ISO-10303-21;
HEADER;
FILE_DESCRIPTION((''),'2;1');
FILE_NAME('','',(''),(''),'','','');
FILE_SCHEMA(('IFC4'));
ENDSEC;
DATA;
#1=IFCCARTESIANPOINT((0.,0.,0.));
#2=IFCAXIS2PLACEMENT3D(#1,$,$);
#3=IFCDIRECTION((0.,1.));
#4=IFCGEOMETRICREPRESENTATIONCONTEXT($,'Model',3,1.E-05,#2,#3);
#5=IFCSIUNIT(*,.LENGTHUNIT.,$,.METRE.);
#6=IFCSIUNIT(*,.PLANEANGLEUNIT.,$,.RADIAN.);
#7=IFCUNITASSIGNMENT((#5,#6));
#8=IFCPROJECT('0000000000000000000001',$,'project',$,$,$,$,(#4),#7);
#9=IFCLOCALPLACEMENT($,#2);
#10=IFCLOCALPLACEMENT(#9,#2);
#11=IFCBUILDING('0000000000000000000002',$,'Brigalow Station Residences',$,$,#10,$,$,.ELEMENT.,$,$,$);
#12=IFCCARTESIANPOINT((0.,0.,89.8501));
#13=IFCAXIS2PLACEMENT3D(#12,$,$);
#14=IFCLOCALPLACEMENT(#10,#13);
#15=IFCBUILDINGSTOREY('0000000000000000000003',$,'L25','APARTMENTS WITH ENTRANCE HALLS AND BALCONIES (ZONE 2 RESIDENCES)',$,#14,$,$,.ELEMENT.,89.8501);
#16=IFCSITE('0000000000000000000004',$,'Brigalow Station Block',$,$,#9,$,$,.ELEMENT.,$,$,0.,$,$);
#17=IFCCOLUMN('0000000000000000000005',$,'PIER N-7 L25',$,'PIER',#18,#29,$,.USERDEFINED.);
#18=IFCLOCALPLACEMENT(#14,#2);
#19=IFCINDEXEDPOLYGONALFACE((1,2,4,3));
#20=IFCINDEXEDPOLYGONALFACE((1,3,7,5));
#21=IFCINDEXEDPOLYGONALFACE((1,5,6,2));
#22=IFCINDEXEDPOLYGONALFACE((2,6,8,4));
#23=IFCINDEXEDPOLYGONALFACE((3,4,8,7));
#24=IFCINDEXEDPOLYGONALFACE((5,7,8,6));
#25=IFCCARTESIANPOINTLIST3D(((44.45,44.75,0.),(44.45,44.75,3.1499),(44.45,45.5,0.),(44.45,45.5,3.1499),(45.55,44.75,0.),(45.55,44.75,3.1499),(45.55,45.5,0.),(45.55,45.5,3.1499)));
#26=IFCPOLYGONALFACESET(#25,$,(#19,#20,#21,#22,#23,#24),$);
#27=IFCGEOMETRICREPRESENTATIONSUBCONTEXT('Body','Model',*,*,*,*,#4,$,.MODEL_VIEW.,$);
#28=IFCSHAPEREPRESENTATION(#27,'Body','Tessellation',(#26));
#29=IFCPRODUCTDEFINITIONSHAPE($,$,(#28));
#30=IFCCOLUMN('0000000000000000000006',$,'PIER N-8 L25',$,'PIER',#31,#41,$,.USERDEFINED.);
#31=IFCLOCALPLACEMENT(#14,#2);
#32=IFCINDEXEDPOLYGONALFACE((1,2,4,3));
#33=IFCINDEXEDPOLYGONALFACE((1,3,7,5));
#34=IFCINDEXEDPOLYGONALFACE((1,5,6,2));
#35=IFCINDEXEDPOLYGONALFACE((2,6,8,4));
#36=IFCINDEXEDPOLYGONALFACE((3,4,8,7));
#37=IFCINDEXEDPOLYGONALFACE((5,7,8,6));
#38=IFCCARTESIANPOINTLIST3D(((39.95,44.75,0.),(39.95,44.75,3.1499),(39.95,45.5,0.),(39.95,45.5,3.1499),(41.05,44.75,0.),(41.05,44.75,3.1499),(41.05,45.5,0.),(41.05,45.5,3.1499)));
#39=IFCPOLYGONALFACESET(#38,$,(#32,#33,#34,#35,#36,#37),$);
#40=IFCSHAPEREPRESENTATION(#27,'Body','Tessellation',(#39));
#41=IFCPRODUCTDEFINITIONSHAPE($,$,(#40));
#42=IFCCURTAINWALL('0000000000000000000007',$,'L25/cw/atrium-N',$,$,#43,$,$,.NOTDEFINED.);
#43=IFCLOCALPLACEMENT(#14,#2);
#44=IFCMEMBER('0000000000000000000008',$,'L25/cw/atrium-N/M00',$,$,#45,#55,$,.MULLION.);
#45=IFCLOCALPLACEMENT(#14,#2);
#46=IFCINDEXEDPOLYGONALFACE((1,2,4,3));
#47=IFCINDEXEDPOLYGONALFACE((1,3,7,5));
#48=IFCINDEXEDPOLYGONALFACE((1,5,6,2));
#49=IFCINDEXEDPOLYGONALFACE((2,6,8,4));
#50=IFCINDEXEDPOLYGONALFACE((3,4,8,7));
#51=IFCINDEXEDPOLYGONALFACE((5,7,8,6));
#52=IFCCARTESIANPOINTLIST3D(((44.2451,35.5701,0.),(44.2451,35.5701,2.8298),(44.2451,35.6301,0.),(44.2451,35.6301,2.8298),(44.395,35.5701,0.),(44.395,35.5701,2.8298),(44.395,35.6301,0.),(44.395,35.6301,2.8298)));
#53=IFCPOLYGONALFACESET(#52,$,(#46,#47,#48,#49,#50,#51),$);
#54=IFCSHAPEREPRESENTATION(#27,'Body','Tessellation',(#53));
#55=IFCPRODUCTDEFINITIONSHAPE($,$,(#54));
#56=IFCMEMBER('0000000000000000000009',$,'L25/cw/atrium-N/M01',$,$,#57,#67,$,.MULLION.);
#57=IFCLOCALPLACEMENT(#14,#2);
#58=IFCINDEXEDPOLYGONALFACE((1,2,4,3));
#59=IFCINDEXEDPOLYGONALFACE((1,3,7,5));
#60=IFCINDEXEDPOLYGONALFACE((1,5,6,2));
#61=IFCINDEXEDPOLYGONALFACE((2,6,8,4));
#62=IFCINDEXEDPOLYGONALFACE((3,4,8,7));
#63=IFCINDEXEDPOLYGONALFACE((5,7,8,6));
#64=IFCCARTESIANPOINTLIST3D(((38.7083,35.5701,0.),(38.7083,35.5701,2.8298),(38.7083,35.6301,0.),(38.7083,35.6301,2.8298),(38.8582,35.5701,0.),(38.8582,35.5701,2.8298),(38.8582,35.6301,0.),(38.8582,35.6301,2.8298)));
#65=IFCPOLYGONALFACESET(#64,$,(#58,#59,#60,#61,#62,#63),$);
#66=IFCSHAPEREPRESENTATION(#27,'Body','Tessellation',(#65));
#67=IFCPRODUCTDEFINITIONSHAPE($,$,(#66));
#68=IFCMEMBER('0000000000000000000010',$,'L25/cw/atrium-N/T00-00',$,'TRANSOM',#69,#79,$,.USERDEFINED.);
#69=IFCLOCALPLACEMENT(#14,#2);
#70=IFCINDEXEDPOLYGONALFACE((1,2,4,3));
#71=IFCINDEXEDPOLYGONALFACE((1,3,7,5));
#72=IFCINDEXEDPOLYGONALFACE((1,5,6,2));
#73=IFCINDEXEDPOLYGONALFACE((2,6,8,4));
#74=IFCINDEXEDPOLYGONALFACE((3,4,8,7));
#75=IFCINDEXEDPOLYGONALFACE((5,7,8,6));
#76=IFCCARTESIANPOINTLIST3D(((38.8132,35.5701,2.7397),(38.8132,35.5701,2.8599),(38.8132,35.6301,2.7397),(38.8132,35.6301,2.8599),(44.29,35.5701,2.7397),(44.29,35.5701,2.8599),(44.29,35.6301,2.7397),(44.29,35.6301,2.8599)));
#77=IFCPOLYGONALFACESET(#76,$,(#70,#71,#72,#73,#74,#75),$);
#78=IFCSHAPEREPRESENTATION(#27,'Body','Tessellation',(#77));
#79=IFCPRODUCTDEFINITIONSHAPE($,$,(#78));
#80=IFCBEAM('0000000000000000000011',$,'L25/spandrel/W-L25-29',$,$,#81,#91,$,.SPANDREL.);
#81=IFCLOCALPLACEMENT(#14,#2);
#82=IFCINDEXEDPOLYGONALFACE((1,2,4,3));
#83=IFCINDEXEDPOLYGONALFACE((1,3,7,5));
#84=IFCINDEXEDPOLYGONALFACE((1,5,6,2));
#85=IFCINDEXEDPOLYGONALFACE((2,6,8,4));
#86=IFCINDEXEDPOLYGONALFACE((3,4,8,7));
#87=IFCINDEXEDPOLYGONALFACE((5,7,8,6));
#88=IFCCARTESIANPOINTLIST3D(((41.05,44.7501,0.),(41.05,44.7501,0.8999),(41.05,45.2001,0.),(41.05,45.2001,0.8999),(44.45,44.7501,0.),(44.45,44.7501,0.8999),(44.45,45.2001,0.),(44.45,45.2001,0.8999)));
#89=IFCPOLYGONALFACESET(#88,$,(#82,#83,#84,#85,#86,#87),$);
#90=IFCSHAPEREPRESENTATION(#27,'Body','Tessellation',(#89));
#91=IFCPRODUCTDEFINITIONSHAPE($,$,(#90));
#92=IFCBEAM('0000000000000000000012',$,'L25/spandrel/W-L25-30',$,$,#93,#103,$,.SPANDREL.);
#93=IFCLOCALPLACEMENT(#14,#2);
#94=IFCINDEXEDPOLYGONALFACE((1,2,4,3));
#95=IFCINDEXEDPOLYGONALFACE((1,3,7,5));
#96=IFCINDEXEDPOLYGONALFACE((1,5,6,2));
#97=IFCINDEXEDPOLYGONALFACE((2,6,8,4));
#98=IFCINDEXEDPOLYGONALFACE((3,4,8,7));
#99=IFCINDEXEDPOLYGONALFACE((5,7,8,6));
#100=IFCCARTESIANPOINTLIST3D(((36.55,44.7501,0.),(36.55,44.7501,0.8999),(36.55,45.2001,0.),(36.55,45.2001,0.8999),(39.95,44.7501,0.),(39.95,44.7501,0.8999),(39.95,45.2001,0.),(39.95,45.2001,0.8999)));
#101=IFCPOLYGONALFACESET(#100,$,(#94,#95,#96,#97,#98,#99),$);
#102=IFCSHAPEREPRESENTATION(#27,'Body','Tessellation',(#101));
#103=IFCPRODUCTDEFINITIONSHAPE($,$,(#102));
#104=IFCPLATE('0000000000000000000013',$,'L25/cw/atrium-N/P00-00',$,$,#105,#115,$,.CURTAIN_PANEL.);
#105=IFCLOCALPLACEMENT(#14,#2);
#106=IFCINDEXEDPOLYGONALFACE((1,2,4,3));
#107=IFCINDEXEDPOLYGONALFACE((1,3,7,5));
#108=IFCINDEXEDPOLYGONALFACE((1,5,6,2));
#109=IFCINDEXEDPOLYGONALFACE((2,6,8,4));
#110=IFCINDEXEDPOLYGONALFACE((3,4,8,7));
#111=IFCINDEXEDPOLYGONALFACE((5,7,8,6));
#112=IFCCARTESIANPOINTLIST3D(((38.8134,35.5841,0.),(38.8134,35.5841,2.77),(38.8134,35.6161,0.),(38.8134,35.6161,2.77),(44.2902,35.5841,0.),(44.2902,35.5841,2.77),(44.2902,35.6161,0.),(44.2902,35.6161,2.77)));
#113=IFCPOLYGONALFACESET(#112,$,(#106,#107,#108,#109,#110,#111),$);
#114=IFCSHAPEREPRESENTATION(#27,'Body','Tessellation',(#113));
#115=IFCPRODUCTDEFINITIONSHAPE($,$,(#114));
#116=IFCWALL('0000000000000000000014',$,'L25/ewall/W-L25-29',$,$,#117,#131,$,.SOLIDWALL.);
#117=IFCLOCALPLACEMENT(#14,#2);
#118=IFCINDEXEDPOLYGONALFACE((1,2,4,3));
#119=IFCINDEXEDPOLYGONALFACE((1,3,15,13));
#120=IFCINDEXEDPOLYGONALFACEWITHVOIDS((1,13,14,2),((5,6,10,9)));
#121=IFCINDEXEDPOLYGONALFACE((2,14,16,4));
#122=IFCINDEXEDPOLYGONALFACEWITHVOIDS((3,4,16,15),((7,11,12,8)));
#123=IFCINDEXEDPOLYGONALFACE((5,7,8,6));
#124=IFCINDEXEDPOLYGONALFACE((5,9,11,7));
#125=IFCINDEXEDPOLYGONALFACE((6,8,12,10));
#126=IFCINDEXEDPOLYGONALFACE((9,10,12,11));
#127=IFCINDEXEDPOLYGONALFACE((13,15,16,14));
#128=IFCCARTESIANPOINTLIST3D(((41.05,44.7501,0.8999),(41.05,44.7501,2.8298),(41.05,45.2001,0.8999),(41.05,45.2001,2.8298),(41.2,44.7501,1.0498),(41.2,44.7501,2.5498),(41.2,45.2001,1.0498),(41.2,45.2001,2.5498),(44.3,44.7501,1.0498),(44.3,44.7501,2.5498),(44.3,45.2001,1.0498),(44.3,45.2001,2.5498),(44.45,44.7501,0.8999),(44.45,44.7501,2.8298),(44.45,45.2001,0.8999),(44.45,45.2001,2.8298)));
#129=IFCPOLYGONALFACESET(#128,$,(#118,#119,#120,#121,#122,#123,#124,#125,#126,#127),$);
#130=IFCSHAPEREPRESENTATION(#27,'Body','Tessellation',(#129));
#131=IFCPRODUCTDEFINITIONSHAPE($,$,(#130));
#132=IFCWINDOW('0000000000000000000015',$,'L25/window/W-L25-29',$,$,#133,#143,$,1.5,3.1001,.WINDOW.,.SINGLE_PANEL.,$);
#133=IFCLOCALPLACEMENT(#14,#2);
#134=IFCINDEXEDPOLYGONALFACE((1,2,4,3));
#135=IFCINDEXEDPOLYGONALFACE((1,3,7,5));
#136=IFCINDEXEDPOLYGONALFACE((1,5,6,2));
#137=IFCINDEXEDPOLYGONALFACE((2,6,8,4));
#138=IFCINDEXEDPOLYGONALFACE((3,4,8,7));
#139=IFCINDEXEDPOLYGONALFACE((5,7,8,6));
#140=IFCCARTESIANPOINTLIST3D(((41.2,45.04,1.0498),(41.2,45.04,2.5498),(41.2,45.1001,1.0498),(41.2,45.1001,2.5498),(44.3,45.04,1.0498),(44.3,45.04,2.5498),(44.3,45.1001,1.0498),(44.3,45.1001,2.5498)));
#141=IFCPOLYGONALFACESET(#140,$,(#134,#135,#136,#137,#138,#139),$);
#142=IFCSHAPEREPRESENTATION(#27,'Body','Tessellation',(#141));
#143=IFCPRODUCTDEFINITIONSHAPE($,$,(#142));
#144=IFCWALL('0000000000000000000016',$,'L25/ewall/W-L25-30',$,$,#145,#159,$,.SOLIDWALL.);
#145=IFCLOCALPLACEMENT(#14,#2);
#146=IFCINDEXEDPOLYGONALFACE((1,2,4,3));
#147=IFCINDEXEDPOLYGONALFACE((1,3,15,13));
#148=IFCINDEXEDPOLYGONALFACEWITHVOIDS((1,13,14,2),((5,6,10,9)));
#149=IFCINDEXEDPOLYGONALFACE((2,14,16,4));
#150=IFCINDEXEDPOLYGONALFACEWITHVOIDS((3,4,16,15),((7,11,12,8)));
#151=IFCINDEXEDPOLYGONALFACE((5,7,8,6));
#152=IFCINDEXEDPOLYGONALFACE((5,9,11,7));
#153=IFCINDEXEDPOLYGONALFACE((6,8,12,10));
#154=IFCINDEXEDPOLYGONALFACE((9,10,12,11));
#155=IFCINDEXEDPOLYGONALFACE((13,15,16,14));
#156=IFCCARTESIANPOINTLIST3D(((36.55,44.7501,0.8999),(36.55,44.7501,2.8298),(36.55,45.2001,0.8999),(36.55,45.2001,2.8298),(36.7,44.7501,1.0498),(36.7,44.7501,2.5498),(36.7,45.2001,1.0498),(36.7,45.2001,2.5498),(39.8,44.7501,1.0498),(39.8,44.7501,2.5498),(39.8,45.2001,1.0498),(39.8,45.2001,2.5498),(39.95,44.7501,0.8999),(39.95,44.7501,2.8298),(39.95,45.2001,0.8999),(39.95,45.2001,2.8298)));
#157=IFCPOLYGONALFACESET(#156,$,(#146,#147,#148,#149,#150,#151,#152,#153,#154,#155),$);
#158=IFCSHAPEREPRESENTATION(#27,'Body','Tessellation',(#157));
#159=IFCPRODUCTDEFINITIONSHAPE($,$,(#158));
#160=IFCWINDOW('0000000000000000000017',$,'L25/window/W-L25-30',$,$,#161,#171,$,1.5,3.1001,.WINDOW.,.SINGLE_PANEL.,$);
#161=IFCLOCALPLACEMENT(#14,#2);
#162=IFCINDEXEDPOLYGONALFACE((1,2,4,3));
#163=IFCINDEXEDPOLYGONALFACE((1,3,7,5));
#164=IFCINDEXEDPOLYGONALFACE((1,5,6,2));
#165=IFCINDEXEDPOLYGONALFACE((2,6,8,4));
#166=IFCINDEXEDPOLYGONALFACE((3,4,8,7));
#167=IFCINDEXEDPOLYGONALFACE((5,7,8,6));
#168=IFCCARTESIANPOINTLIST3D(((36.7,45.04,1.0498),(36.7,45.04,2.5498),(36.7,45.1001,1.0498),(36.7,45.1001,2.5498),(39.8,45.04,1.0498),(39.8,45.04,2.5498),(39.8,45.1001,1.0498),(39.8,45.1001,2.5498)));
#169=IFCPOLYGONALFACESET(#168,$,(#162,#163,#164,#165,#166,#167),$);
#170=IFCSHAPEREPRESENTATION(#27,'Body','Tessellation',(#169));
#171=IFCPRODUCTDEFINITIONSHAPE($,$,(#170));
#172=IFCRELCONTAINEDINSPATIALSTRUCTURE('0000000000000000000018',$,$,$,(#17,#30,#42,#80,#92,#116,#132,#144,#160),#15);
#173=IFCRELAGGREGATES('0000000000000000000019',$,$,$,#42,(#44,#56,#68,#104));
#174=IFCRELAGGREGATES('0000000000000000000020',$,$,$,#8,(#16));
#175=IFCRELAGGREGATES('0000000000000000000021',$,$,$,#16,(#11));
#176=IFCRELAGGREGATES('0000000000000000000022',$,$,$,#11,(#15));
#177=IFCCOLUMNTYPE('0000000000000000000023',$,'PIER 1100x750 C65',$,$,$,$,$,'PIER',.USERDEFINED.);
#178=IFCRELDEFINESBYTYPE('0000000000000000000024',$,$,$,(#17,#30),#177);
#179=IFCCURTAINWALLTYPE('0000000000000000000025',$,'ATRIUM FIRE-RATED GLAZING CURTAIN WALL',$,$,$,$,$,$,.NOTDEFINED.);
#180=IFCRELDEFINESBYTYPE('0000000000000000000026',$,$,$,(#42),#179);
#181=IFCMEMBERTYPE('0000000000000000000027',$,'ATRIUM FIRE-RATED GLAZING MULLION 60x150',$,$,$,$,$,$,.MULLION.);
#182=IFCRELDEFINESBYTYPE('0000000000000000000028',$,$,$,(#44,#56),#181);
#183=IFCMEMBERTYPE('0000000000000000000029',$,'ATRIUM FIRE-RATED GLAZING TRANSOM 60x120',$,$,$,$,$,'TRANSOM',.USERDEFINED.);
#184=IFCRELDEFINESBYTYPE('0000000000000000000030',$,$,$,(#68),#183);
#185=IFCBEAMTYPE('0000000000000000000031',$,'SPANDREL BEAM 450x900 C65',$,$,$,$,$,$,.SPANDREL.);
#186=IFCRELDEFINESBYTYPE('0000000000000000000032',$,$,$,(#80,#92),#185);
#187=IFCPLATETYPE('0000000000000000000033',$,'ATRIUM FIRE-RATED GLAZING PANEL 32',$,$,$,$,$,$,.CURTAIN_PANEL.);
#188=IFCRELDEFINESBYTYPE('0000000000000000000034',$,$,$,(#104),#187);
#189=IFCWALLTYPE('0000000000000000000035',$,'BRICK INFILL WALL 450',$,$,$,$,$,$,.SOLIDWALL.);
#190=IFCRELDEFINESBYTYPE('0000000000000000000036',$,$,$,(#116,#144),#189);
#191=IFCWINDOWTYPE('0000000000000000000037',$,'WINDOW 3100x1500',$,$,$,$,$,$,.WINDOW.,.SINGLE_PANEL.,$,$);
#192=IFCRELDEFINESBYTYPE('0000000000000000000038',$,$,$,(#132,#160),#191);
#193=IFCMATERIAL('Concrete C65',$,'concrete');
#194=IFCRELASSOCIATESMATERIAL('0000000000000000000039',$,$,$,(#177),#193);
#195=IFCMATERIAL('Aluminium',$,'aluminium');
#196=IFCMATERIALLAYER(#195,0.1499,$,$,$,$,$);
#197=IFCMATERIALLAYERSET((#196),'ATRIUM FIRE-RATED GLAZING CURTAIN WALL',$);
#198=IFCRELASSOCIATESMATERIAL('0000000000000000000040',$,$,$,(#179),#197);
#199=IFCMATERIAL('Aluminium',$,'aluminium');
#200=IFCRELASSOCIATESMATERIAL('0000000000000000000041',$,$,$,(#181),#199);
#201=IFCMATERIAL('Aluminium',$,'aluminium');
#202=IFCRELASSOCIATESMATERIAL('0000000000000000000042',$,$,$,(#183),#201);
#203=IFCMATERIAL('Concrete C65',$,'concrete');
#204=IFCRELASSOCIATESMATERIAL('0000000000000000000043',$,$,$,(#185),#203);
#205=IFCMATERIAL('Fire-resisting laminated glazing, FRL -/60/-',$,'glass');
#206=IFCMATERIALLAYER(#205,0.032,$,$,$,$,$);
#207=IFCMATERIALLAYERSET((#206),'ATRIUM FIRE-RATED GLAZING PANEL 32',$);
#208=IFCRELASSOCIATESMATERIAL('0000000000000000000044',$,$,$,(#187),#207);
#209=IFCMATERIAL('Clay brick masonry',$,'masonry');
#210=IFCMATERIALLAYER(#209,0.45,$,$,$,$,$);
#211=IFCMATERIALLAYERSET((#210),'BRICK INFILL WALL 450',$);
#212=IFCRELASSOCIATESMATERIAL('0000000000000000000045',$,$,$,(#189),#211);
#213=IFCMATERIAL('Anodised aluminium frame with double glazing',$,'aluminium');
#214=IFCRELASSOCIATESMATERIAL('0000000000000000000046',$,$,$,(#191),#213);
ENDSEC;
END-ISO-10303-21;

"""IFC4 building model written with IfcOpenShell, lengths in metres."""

from ifc_helpers import new_model, si_unit, direction, frame, frame_2d, origin, origin_2d, place, context, subcontext, project, spatial, rectangle, extrude, material, layer, layer_set, material_profile, profile_set, type_object, element, fill, aggregate, save


model = new_model("IFC4")

# Units and contexts
model_context = context("Model", 3, precision=1e-05, world=origin(), true_north=direction((0.0, 1.0)))
body_context = subcontext(model_context, "Body", "Model", "MODEL_VIEW")
ifc_project = project(units=[si_unit("LENGTHUNIT", "METRE"), si_unit("PLANEANGLEUNIT", "RADIAN")], contexts=[model_context])

# Site, building, storey
site_placement = place(None, origin())
site = spatial("IfcSite", under=ifc_project, at=site_placement, Name="Brigalow Station Block", CompositionType="ELEMENT", RefElevation=0.0)
building_placement = place(site_placement, origin())
building = spatial("IfcBuilding", under=site, at=building_placement, Name="Brigalow Station Residences", CompositionType="ELEMENT")
storey_placement = place(building_placement, frame((0.0, 0.0, 89.8501)))
storey = spatial("IfcBuildingStorey", under=building, at=storey_placement, Name="L25", Description="APARTMENTS WITH ENTRANCE HALLS AND BALCONIES (ZONE 2 RESIDENCES)", CompositionType="ELEMENT", Elevation=89.8501)

# Columns
ifc_material_1 = material(Name="Concrete C65", Category="concrete")
ifc_material_profile_1 = material_profile(ifc_material_1, rectangle(XDim=1.1001, YDim=0.75, at=origin_2d()), Name="RC1100x750")
ifc_profile_set_1 = profile_set([ifc_material_profile_1], Name="Concrete C65")
column_type = type_object("IfcColumnType", Name="PIER 1100x750 C65", ElementType="PIER", PredefinedType="USERDEFINED", material=ifc_profile_set_1)
for number, where, z_axis, x_axis, name in (
    (1, (45.0, 45.125, 0.0), (0.0, 0.0, 1.0), (-1.0, 0.0, 0.0), "PIER N-7 L25"),
    (2, (40.5, 45.125, 0.0), (0.0, 0.0, 1.0), (-1.0, 0.0, 0.0), "PIER N-8 L25"),
):
    element("IfcColumn", number, at=place(storey_placement, frame(where, z_axis=z_axis, x_axis=x_axis)), inside=storey, type_object=column_type, Name=name, ObjectType="PIER", PredefinedType="USERDEFINED", context=body_context, shape_type="SweptSolid", body=[
        extrude(rectangle(XDim=1.1001, YDim=0.75, at=origin_2d()), origin(), (0.0, 0.0, 1.0), 3.1499),
    ])

# Curtain wall, members
ifc_material_2 = material(Name="Aluminium", Category="aluminium")
ifc_layer_1 = layer(ifc_material_2, 0.1499)
ifc_layer_set_1 = layer_set([ifc_layer_1], Name="ATRIUM FIRE-RATED GLAZING CURTAIN WALL")
curtain_wall_type = type_object("IfcCurtainWallType", Name="ATRIUM FIRE-RATED GLAZING CURTAIN WALL", PredefinedType="NOTDEFINED", material=ifc_layer_set_1)
curtain_wall_placement = place(storey_placement, origin())
curtain_wall = element("IfcCurtainWall", 3, at=curtain_wall_placement, inside=storey, type_object=curtain_wall_type, Name="L25/cw/atrium-N", PredefinedType="NOTDEFINED")
ifc_material_3 = material(Name="Aluminium", Category="aluminium")
ifc_material_profile_2 = material_profile(ifc_material_3, rectangle(XDim=0.0601, YDim=0.1499, at=origin_2d()), Name="ATRIUM FIRE-RATED GLAZING MULLION 60x150")
ifc_profile_set_2 = profile_set([ifc_material_profile_2], Name="Aluminium")
member_type_1 = type_object("IfcMemberType", Name="ATRIUM FIRE-RATED GLAZING MULLION 60x150", PredefinedType="MULLION", material=ifc_profile_set_2)
member_1_placement = place(storey_placement, frame((44.3201, 35.6001, 0.0), z_axis=(0.0, 0.0, 1.0), x_axis=(0.0, -1.0, 0.0)))
member_1 = element("IfcMember", 4, at=member_1_placement, type_object=member_type_1, Name="L25/cw/atrium-N/M00", PredefinedType="MULLION", context=body_context, shape_type="SweptSolid", body=[
    extrude(rectangle(XDim=0.0601, YDim=0.1499, at=origin_2d()), origin(), (0.0, 0.0, 1.0), 2.8298),
])
member_2_placement = place(storey_placement, frame((38.7832, 35.6001, 0.0), z_axis=(0.0, 0.0, 1.0), x_axis=(0.0, -1.0, 0.0)))
member_2 = element("IfcMember", 5, at=member_2_placement, type_object=member_type_1, Name="L25/cw/atrium-N/M01", PredefinedType="MULLION", context=body_context, shape_type="SweptSolid", body=[
    extrude(rectangle(XDim=0.0601, YDim=0.1499, at=origin_2d()), origin(), (0.0, 0.0, 1.0), 2.8298),
])
ifc_material_4 = material(Name="Aluminium", Category="aluminium")
ifc_material_profile_3 = material_profile(ifc_material_4, rectangle(XDim=0.0601, YDim=0.1201, at=origin_2d()), Name="ATRIUM FIRE-RATED GLAZING TRANSOM 60x120")
ifc_profile_set_3 = profile_set([ifc_material_profile_3], Name="Aluminium")
member_type_2 = type_object("IfcMemberType", Name="ATRIUM FIRE-RATED GLAZING TRANSOM 60x120", ElementType="TRANSOM", PredefinedType="USERDEFINED", material=ifc_profile_set_3)
member_3_placement = place(storey_placement, frame((44.29, 35.6001, 2.7998), z_axis=(-1.0, 0.0, 0.0), x_axis=(0.0, -1.0, 0.0)))
member_3 = element("IfcMember", 6, at=member_3_placement, type_object=member_type_2, Name="L25/cw/atrium-N/T00-00", ObjectType="TRANSOM", PredefinedType="USERDEFINED", context=body_context, shape_type="SweptSolid", body=[
    extrude(rectangle(XDim=0.0601, YDim=0.1201, at=origin_2d()), origin(), (0.0, 0.0, 1.0), 5.4768),
])

# Beams
ifc_material_5 = material(Name="Concrete C65", Category="concrete")
ifc_material_profile_4 = material_profile(ifc_material_5, rectangle(XDim=0.45, YDim=0.8999, at=origin_2d()), Name="RC450x900")
ifc_profile_set_4 = profile_set([ifc_material_profile_4], Name="Concrete C65")
beam_type = type_object("IfcBeamType", Name="SPANDREL BEAM 450x900 C65", PredefinedType="SPANDREL", material=ifc_profile_set_4)
for number, where, z_axis, x_axis, name in (
    (7, (44.45, 44.9751, 0.45), (-1.0, 0.0, 0.0), (0.0, -1.0, 0.0), "L25/spandrel/W-L25-29"),
    (8, (39.95, 44.9751, 0.45), (-1.0, 0.0, 0.0), (0.0, -1.0, 0.0), "L25/spandrel/W-L25-30"),
):
    element("IfcBeam", number, at=place(storey_placement, frame(where, z_axis=z_axis, x_axis=x_axis)), inside=storey, type_object=beam_type, Name=name, PredefinedType="SPANDREL", context=body_context, shape_type="SweptSolid", body=[
        extrude(rectangle(XDim=0.45, YDim=0.8999, at=origin_2d()), origin(), (0.0, 0.0, 1.0), 3.3999),
    ])

# Plate
ifc_material_6 = material(Name="Fire-resisting laminated glazing, FRL -/60/-", Category="glass")
ifc_layer_2 = layer(ifc_material_6, 0.032)
ifc_layer_set_2 = layer_set([ifc_layer_2], Name="ATRIUM FIRE-RATED GLAZING PANEL 32")
plate_type = type_object("IfcPlateType", Name="ATRIUM FIRE-RATED GLAZING PANEL 32", PredefinedType="CURTAIN_PANEL", material=ifc_layer_set_2)
plate_placement = place(storey_placement, frame((41.5518, 35.6001, 0.0), z_axis=(0.0, 0.0, 1.0), x_axis=(-1.0, 0.0, 0.0)))
plate = element("IfcPlate", 9, at=plate_placement, type_object=plate_type, Name="L25/cw/atrium-N/P00-00", PredefinedType="CURTAIN_PANEL", context=body_context, shape_type="SweptSolid", body=[
    extrude(rectangle(XDim=5.4768, YDim=0.032, at=origin_2d()), origin(), (0.0, 0.0, 1.0), 2.77),
])
aggregate(curtain_wall, [member_1, member_2, member_3, plate])

# Walls, openings, windows
ifc_material_7 = material(Name="Clay brick masonry", Category="masonry")
ifc_layer_3 = layer(ifc_material_7, 0.45)
ifc_layer_set_3 = layer_set([ifc_layer_3], Name="BRICK INFILL WALL 450")
wall_type_1 = type_object("IfcWallType", Name="BRICK INFILL WALL 450", PredefinedType="SOLIDWALL", material=ifc_layer_set_3)
wall_1_placement = place(storey_placement, frame((44.45, 44.9751, 0.8999), z_axis=(0.0, 0.0, 1.0), x_axis=(-1.0, 0.0, 0.0)))
wall_1 = element("IfcWall", 10, at=wall_1_placement, inside=storey, type_object=wall_type_1, Name="L25/ewall/W-L25-29", PredefinedType="SOLIDWALL", context=body_context, shape_type="SweptSolid", body=[
    extrude(rectangle(XDim=3.3999, YDim=0.45, at=frame_2d((1.7, 0.0))), origin(), (0.0, 0.0, 1.0), 1.9299),
])
opening_1_placement = place(wall_1_placement, frame((0.1499, 0.0, 0.1499)))
opening_1 = element("IfcOpeningElement", 11, at=opening_1_placement, cuts=wall_1, PredefinedType="OPENING", context=body_context, shape_type="SweptSolid", body=[
    extrude(rectangle(XDim=3.1001, YDim=1.5, at=frame_2d((1.55, 0.75))), frame((0.0, 0.2349, 0.0), z_axis=(0.0, -1.0, 0.0), x_axis=(1.0, 0.0, 0.0)), (0.0, 0.0, 1.0), 0.47),
])
ifc_material_8 = material(Name="Anodised aluminium frame with double glazing", Category="aluminium")
window_type = type_object("IfcWindowType", Name="WINDOW 3100x1500", PartitioningType="SINGLE_PANEL", PredefinedType="WINDOW", material=ifc_material_8)
window_1_placement = place(opening_1_placement, origin())
window_1 = element("IfcWindow", 12, at=window_1_placement, inside=storey, type_object=window_type, Name="L25/window/W-L25-29", OverallHeight=1.5, OverallWidth=3.1001, PartitioningType="SINGLE_PANEL", PredefinedType="WINDOW", context=body_context, shape_type="SweptSolid", body=[
    extrude(rectangle(XDim=3.1001, YDim=1.5, at=frame_2d((1.55, 0.75))), frame((0.0, -0.0649, 0.0), z_axis=(0.0, -1.0, 0.0), x_axis=(1.0, 0.0, 0.0)), (0.0, 0.0, 1.0), 0.0601),
])
fill(opening_1, window_1)
wall_2_placement = place(storey_placement, frame((39.95, 44.9751, 0.8999), z_axis=(0.0, 0.0, 1.0), x_axis=(-1.0, 0.0, 0.0)))
wall_2 = element("IfcWall", 13, at=wall_2_placement, inside=storey, type_object=wall_type_1, Name="L25/ewall/W-L25-30", PredefinedType="SOLIDWALL", context=body_context, shape_type="SweptSolid", body=[
    extrude(rectangle(XDim=3.3999, YDim=0.45, at=frame_2d((1.7, 0.0))), origin(), (0.0, 0.0, 1.0), 1.9299),
])
opening_2_placement = place(wall_2_placement, frame((0.1499, 0.0, 0.1499)))
opening_2 = element("IfcOpeningElement", 14, at=opening_2_placement, cuts=wall_2, PredefinedType="OPENING", context=body_context, shape_type="SweptSolid", body=[
    extrude(rectangle(XDim=3.1001, YDim=1.5, at=frame_2d((1.55, 0.75))), frame((0.0, 0.2349, 0.0), z_axis=(0.0, -1.0, 0.0), x_axis=(1.0, 0.0, 0.0)), (0.0, 0.0, 1.0), 0.47),
])
window_2_placement = place(opening_2_placement, origin())
window_2 = element("IfcWindow", 15, at=window_2_placement, inside=storey, type_object=window_type, Name="L25/window/W-L25-30", OverallHeight=1.5, OverallWidth=3.1001, PartitioningType="SINGLE_PANEL", PredefinedType="WINDOW", context=body_context, shape_type="SweptSolid", body=[
    extrude(rectangle(XDim=3.1001, YDim=1.5, at=frame_2d((1.55, 0.75))), frame((0.0, -0.0649, 0.0), z_axis=(0.0, -1.0, 0.0), x_axis=(1.0, 0.0, 0.0)), (0.0, 0.0, 1.0), 0.0601),
])
fill(opening_2, window_2)

save(model, "model.ifc")
